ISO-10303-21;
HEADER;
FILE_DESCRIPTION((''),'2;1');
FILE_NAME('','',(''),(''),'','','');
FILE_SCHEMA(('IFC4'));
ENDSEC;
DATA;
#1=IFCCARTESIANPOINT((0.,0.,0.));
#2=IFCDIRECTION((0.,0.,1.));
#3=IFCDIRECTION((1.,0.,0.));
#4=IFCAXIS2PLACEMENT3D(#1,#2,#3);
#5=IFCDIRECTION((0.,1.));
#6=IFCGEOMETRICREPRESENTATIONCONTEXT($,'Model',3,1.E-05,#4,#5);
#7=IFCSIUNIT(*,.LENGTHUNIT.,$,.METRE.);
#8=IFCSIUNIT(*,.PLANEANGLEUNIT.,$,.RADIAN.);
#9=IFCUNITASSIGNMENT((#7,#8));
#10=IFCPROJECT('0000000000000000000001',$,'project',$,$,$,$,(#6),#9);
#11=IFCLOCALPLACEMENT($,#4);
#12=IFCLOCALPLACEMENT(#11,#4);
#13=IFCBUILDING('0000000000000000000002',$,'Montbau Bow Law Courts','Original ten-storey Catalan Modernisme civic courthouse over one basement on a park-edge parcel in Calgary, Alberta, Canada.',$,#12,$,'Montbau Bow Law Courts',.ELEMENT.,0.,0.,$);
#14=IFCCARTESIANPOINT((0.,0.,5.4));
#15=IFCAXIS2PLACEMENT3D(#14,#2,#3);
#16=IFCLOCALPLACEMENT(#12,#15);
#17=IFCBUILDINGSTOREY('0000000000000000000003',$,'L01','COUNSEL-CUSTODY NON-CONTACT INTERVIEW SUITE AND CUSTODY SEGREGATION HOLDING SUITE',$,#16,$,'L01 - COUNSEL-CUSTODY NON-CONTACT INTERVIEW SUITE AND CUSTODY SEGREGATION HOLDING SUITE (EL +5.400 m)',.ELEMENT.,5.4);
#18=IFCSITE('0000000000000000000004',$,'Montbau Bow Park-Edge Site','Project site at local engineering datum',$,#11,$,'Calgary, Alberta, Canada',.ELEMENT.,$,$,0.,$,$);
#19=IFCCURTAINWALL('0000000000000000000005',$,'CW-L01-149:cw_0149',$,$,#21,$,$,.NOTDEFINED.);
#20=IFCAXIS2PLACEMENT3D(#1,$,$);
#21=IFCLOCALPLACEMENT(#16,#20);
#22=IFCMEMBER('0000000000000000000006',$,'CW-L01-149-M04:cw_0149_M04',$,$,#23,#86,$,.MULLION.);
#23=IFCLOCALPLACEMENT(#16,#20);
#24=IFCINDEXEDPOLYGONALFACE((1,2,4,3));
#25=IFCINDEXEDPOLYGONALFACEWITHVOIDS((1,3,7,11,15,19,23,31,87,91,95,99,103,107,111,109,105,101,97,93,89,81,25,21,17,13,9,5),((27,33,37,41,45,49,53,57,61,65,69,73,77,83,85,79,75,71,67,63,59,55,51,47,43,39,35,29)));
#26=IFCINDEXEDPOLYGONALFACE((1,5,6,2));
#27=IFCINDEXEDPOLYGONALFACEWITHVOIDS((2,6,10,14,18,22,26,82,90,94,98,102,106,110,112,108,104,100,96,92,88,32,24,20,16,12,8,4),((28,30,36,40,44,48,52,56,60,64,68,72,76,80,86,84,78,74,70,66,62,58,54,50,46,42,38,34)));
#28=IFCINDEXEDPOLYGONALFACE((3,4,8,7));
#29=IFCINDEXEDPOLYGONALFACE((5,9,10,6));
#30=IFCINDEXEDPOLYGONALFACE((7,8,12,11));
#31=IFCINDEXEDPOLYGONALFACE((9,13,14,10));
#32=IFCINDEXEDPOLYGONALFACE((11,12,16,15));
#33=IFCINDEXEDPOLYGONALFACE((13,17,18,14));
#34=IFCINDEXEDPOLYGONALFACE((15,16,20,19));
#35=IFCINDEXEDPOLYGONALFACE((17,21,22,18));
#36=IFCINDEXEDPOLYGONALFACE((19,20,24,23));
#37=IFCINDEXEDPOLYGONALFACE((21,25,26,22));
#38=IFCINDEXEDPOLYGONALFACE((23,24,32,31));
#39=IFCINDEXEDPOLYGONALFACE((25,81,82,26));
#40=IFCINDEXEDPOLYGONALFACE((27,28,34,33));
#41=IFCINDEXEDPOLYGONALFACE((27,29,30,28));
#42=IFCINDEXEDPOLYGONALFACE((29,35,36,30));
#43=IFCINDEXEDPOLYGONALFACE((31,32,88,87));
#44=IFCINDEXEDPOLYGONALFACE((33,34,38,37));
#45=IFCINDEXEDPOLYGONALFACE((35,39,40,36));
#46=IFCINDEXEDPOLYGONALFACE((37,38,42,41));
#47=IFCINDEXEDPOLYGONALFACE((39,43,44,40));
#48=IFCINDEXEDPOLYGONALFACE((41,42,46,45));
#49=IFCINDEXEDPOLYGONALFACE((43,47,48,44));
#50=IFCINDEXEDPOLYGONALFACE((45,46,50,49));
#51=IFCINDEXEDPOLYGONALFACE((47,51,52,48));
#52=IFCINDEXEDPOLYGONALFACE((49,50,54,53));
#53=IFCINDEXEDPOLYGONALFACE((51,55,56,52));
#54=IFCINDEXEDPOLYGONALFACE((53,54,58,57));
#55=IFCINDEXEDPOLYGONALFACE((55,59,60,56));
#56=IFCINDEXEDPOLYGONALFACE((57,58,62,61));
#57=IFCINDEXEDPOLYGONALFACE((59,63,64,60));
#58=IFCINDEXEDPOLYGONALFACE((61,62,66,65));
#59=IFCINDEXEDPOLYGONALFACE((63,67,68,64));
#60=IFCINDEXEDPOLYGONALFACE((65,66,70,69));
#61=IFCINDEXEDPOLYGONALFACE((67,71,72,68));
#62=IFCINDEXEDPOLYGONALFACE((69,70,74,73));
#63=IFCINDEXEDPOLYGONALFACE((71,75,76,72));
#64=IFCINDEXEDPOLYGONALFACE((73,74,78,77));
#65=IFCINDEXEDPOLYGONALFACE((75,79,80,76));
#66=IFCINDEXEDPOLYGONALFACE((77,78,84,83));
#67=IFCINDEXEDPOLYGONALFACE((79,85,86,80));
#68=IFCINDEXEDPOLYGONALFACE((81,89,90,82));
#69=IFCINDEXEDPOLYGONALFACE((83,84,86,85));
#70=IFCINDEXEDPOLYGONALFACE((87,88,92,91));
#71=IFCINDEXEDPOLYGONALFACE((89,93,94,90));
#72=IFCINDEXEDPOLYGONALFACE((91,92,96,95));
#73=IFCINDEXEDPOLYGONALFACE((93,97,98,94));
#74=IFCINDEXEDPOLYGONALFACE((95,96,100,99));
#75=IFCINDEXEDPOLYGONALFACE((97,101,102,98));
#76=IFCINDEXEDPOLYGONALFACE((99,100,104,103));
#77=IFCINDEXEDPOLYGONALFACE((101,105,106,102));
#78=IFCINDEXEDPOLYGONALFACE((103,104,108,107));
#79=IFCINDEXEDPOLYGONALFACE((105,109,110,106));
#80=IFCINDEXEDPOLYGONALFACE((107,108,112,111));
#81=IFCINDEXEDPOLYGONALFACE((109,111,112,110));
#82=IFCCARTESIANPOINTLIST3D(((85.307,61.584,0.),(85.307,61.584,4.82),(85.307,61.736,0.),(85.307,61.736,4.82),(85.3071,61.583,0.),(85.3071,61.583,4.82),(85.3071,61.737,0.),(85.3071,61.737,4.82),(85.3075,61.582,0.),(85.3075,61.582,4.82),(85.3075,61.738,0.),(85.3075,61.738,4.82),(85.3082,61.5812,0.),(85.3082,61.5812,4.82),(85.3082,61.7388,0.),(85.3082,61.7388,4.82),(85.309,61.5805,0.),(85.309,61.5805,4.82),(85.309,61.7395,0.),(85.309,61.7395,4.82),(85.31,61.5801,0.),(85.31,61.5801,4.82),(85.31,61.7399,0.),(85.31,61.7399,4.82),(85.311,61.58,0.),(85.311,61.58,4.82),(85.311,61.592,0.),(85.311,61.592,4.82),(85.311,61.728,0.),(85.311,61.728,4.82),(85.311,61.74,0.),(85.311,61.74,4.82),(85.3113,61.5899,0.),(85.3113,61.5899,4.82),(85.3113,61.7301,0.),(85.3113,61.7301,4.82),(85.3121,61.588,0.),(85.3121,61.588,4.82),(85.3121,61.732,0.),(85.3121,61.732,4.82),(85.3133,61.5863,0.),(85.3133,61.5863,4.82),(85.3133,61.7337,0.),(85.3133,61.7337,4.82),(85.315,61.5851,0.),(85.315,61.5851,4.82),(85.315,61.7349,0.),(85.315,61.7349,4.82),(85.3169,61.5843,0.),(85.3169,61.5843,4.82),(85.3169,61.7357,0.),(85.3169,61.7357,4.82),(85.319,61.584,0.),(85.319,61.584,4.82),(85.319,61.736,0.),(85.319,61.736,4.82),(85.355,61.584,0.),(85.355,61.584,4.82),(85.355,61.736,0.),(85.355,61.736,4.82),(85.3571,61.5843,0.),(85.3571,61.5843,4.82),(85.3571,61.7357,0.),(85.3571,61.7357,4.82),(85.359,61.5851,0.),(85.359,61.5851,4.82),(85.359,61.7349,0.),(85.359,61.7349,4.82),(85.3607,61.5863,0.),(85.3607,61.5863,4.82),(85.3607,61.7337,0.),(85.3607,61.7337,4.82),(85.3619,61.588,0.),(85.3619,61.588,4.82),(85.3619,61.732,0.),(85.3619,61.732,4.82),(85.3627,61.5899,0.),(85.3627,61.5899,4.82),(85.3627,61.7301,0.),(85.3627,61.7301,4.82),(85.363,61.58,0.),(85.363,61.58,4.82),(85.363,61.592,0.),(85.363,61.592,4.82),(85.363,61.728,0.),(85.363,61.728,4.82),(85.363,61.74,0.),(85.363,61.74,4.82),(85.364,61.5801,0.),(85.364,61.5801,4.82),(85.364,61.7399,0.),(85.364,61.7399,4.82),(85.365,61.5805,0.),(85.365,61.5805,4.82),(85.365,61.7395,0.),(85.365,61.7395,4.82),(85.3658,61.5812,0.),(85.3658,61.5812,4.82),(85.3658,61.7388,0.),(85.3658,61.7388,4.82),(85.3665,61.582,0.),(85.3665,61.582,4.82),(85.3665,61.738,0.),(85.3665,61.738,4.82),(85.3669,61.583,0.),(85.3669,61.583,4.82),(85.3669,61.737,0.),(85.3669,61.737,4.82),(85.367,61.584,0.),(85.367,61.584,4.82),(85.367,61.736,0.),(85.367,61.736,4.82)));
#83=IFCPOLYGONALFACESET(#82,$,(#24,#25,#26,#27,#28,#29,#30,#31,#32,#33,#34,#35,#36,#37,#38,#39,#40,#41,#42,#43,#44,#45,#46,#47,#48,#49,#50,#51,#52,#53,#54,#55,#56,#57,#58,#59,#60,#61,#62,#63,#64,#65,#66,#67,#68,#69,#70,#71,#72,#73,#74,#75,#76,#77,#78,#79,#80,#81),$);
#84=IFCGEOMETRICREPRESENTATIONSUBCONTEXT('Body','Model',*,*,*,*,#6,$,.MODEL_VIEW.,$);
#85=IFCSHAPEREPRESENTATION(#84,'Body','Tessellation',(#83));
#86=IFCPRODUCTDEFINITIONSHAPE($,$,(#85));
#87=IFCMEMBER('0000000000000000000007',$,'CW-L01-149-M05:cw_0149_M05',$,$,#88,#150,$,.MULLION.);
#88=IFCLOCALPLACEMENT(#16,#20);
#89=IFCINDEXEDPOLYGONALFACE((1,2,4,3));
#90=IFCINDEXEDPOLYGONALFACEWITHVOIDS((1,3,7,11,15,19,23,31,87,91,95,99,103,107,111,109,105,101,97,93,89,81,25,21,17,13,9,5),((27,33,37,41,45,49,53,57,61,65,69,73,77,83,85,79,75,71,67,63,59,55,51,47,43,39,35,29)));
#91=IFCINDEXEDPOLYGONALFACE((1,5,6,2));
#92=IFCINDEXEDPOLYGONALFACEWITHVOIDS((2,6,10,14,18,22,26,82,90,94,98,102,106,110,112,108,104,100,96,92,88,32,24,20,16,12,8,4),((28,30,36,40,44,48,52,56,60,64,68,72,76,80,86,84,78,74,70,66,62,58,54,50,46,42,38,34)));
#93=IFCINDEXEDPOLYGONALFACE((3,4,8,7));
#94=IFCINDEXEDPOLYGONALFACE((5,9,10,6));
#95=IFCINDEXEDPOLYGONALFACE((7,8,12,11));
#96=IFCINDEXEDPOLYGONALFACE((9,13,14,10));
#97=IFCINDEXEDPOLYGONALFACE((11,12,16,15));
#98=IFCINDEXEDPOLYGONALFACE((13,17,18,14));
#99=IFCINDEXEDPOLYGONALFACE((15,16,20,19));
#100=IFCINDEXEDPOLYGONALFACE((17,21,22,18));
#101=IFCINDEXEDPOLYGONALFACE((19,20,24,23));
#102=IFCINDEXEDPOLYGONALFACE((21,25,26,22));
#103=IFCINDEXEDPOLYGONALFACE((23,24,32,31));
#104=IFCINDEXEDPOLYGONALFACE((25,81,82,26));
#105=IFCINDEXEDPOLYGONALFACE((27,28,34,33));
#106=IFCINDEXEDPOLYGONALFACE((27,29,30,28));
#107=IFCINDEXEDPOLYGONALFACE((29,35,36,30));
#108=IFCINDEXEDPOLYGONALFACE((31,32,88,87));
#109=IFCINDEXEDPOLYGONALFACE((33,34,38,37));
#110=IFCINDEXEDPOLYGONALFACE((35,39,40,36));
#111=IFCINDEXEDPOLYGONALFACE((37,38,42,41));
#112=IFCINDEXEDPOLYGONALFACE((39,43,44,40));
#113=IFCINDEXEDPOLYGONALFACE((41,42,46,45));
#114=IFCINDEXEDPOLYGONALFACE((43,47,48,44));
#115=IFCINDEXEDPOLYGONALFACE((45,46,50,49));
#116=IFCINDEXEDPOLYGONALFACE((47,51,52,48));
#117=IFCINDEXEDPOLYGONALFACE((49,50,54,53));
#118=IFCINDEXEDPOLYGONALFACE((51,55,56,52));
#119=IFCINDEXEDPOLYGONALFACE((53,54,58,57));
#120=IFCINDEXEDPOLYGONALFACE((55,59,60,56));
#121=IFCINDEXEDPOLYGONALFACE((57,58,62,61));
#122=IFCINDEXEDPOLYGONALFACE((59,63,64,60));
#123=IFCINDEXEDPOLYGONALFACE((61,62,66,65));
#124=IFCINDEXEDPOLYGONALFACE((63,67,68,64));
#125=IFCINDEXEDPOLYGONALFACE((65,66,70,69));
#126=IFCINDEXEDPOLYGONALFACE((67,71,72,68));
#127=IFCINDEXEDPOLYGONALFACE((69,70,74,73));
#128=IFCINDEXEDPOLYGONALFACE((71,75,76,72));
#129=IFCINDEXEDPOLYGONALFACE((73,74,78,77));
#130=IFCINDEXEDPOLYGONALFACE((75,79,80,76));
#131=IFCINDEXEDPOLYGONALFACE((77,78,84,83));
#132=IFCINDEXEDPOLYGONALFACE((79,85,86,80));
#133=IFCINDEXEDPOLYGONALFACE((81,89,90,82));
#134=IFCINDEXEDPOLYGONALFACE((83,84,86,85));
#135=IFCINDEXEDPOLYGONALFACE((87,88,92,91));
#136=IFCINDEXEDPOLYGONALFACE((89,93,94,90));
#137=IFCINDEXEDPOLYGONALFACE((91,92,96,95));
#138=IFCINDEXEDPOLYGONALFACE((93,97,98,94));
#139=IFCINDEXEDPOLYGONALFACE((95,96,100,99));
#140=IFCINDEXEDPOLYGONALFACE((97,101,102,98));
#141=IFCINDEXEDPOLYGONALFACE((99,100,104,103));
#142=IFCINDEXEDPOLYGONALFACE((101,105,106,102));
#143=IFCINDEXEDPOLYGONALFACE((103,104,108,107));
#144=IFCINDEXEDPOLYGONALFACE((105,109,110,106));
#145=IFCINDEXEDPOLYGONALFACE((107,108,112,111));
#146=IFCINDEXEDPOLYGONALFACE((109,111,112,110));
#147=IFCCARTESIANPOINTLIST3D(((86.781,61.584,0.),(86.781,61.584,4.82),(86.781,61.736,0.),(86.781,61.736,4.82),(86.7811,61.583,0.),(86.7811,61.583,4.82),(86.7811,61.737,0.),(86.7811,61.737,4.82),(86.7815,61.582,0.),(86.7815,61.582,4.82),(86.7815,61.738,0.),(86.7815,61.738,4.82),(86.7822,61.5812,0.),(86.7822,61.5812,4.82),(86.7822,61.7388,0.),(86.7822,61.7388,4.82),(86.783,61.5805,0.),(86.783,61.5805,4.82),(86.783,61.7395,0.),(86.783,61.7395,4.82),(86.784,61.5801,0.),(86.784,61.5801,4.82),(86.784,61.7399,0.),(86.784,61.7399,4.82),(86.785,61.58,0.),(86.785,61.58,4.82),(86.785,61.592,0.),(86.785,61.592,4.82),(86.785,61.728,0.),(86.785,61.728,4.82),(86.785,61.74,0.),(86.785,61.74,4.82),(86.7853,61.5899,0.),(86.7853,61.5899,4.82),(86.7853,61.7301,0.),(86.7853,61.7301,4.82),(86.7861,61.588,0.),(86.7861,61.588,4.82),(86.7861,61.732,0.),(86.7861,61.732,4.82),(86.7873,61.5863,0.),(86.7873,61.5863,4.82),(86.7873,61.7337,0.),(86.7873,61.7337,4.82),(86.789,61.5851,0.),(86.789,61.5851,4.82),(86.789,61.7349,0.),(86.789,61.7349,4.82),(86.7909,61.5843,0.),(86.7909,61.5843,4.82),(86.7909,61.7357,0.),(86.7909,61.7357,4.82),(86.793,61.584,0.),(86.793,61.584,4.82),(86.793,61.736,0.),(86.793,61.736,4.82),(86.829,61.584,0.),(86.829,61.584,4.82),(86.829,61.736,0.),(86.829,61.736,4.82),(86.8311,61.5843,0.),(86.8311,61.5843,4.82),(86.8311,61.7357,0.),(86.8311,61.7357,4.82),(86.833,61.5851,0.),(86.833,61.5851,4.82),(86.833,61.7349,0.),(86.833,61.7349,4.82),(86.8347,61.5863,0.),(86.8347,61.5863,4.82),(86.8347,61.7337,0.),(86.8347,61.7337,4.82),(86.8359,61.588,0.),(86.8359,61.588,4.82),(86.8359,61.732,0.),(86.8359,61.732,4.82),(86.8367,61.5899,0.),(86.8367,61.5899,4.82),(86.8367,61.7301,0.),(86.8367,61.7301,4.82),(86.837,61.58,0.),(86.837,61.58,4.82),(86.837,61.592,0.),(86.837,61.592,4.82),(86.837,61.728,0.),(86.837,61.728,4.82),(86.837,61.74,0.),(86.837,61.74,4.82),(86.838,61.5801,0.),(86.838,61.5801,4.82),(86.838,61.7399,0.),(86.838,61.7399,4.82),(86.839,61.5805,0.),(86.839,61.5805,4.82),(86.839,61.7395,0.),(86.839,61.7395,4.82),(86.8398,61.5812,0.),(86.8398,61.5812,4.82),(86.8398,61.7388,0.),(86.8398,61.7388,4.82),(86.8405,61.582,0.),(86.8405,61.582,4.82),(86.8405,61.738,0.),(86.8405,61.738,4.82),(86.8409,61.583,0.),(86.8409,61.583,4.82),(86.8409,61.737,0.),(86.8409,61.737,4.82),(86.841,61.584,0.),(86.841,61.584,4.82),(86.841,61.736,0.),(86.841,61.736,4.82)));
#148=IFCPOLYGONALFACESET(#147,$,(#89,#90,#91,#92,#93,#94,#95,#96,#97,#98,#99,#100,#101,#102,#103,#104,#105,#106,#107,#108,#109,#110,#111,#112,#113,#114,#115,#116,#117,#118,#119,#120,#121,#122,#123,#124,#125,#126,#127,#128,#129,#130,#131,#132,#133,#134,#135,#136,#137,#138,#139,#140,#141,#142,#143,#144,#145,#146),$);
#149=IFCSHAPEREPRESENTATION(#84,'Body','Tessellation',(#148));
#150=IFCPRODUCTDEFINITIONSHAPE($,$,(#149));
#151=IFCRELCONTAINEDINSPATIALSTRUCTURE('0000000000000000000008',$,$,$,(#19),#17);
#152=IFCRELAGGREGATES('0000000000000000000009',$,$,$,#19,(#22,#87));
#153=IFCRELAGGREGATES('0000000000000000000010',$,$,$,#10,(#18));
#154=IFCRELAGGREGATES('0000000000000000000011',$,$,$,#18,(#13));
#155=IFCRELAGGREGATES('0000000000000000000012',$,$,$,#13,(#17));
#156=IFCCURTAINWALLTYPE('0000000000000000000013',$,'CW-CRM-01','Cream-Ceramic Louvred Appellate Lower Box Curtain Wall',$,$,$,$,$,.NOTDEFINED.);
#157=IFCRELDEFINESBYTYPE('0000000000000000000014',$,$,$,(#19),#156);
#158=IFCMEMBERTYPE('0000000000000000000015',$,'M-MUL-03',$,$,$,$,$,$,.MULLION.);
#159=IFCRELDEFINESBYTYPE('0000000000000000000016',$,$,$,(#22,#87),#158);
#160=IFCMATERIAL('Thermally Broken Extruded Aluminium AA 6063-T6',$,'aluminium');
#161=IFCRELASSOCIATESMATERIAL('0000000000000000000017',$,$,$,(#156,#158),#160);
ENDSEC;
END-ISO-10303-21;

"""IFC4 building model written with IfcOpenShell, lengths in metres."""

from ifc_helpers import new_model, si_unit, direction, frame, origin_with_axes, origin_2d_with_axis, place, context, subcontext, project, spatial, hollow_rectangle, extrude, material, material_profile, profile_set, type_object, element, aggregate, save


model = new_model("IFC4")

# Units and contexts
model_context = context("Model", 3, precision=1e-05, world=origin_with_axes(), true_north=direction((0.0, 1.0)))
body_context = subcontext(model_context, "Body", "Model", "MODEL_VIEW")
ifc_project = project(units=[si_unit("LENGTHUNIT", "METRE"), si_unit("PLANEANGLEUNIT", "RADIAN")], contexts=[model_context])

# Site, building, storey
site_placement = place(None, origin_with_axes())
site = spatial("IfcSite", under=ifc_project, at=site_placement, Name="Montbau Bow Park-Edge Site", Description="Project site at local engineering datum", LongName="Calgary, Alberta, Canada", CompositionType="ELEMENT", RefElevation=0.0)
building_placement = place(site_placement, origin_with_axes())
building = spatial("IfcBuilding", under=site, at=building_placement, Name="Montbau Bow Law Courts", Description="Original ten-storey Catalan Modernisme civic courthouse over one basement on a park-edge parcel in Calgary, Alberta, Canada.", LongName="Montbau Bow Law Courts", CompositionType="ELEMENT", ElevationOfRefHeight=0.0, ElevationOfTerrain=0.0)
storey_placement = place(building_placement, frame((0.0, 0.0, 5.4), z_axis=(0.0, 0.0, 1.0), x_axis=(1.0, 0.0, 0.0)))
storey = spatial("IfcBuildingStorey", under=building, at=storey_placement, Name="L01", Description="COUNSEL-CUSTODY NON-CONTACT INTERVIEW SUITE AND CUSTODY SEGREGATION HOLDING SUITE", LongName="L01 - COUNSEL-CUSTODY NON-CONTACT INTERVIEW SUITE AND CUSTODY SEGREGATION HOLDING SUITE (EL +5.400 m)", CompositionType="ELEMENT", Elevation=5.4)

# Curtain wall, members
ifc_material_1 = material(Name="Thermally Broken Extruded Aluminium AA 6063-T6", Category="aluminium")
curtain_wall_type = type_object("IfcCurtainWallType", Name="CW-CRM-01", Description="Cream-Ceramic Louvred Appellate Lower Box Curtain Wall", PredefinedType="NOTDEFINED", material=ifc_material_1)
curtain_wall_placement = place(None, frame((80.915, 61.66, 5.4), z_axis=(0.0, 0.0, 1.0), x_axis=(1.0, 0.0, 0.0)))
curtain_wall = element("IfcCurtainWall", 1, at=curtain_wall_placement, inside=storey, type_object=curtain_wall_type, Name="CW-L01-149:cw_0149", PredefinedType="NOTDEFINED")
ifc_material_profile_1 = material_profile(ifc_material_1, hollow_rectangle(XDim=0.06, YDim=0.16, WallThickness=0.004, InnerFilletRadius=0.008, OuterFilletRadius=0.004, at=origin_2d_with_axis()), Name="CWM-160X60", Category="Main", Priority=0)
ifc_profile_set_1 = profile_set([ifc_material_profile_1], Name="Thermally Broken Extruded Aluminium AA 6063-T6")
member_type_1 = type_object("IfcMemberType", Name="M-MUL-03", PredefinedType="MULLION", material=ifc_profile_set_1)
member_1_placement = place(None, frame((85.337, 61.66, 5.4), z_axis=(0.0, 0.0, 1.0), x_axis=(1.0, 0.0, 0.0)))
member_1 = element("IfcMember", 2, at=member_1_placement, type_object=member_type_1, Name="CW-L01-149-M04:cw_0149_M04", PredefinedType="MULLION", context=body_context, shape_type="SweptSolid", body=[
    extrude(hollow_rectangle(XDim=0.06, YDim=0.16, WallThickness=0.004, InnerFilletRadius=0.008, OuterFilletRadius=0.004, at=origin_2d_with_axis()), origin_with_axes(), (0.0, 0.0, 1.0), 4.82),
])
member_2_placement = place(None, frame((86.811, 61.66, 5.4), z_axis=(0.0, 0.0, 1.0), x_axis=(1.0, 0.0, 0.0)))
member_2 = element("IfcMember", 3, at=member_2_placement, type_object=member_type_1, Name="CW-L01-149-M05:cw_0149_M05", PredefinedType="MULLION", context=body_context, shape_type="SweptSolid", body=[
    extrude(hollow_rectangle(XDim=0.06, YDim=0.16, WallThickness=0.004, InnerFilletRadius=0.008, OuterFilletRadius=0.004, at=origin_2d_with_axis()), origin_with_axes(), (0.0, 0.0, 1.0), 4.82),
])
aggregate(curtain_wall, [member_1, member_2])

save(model, "model.ifc")
